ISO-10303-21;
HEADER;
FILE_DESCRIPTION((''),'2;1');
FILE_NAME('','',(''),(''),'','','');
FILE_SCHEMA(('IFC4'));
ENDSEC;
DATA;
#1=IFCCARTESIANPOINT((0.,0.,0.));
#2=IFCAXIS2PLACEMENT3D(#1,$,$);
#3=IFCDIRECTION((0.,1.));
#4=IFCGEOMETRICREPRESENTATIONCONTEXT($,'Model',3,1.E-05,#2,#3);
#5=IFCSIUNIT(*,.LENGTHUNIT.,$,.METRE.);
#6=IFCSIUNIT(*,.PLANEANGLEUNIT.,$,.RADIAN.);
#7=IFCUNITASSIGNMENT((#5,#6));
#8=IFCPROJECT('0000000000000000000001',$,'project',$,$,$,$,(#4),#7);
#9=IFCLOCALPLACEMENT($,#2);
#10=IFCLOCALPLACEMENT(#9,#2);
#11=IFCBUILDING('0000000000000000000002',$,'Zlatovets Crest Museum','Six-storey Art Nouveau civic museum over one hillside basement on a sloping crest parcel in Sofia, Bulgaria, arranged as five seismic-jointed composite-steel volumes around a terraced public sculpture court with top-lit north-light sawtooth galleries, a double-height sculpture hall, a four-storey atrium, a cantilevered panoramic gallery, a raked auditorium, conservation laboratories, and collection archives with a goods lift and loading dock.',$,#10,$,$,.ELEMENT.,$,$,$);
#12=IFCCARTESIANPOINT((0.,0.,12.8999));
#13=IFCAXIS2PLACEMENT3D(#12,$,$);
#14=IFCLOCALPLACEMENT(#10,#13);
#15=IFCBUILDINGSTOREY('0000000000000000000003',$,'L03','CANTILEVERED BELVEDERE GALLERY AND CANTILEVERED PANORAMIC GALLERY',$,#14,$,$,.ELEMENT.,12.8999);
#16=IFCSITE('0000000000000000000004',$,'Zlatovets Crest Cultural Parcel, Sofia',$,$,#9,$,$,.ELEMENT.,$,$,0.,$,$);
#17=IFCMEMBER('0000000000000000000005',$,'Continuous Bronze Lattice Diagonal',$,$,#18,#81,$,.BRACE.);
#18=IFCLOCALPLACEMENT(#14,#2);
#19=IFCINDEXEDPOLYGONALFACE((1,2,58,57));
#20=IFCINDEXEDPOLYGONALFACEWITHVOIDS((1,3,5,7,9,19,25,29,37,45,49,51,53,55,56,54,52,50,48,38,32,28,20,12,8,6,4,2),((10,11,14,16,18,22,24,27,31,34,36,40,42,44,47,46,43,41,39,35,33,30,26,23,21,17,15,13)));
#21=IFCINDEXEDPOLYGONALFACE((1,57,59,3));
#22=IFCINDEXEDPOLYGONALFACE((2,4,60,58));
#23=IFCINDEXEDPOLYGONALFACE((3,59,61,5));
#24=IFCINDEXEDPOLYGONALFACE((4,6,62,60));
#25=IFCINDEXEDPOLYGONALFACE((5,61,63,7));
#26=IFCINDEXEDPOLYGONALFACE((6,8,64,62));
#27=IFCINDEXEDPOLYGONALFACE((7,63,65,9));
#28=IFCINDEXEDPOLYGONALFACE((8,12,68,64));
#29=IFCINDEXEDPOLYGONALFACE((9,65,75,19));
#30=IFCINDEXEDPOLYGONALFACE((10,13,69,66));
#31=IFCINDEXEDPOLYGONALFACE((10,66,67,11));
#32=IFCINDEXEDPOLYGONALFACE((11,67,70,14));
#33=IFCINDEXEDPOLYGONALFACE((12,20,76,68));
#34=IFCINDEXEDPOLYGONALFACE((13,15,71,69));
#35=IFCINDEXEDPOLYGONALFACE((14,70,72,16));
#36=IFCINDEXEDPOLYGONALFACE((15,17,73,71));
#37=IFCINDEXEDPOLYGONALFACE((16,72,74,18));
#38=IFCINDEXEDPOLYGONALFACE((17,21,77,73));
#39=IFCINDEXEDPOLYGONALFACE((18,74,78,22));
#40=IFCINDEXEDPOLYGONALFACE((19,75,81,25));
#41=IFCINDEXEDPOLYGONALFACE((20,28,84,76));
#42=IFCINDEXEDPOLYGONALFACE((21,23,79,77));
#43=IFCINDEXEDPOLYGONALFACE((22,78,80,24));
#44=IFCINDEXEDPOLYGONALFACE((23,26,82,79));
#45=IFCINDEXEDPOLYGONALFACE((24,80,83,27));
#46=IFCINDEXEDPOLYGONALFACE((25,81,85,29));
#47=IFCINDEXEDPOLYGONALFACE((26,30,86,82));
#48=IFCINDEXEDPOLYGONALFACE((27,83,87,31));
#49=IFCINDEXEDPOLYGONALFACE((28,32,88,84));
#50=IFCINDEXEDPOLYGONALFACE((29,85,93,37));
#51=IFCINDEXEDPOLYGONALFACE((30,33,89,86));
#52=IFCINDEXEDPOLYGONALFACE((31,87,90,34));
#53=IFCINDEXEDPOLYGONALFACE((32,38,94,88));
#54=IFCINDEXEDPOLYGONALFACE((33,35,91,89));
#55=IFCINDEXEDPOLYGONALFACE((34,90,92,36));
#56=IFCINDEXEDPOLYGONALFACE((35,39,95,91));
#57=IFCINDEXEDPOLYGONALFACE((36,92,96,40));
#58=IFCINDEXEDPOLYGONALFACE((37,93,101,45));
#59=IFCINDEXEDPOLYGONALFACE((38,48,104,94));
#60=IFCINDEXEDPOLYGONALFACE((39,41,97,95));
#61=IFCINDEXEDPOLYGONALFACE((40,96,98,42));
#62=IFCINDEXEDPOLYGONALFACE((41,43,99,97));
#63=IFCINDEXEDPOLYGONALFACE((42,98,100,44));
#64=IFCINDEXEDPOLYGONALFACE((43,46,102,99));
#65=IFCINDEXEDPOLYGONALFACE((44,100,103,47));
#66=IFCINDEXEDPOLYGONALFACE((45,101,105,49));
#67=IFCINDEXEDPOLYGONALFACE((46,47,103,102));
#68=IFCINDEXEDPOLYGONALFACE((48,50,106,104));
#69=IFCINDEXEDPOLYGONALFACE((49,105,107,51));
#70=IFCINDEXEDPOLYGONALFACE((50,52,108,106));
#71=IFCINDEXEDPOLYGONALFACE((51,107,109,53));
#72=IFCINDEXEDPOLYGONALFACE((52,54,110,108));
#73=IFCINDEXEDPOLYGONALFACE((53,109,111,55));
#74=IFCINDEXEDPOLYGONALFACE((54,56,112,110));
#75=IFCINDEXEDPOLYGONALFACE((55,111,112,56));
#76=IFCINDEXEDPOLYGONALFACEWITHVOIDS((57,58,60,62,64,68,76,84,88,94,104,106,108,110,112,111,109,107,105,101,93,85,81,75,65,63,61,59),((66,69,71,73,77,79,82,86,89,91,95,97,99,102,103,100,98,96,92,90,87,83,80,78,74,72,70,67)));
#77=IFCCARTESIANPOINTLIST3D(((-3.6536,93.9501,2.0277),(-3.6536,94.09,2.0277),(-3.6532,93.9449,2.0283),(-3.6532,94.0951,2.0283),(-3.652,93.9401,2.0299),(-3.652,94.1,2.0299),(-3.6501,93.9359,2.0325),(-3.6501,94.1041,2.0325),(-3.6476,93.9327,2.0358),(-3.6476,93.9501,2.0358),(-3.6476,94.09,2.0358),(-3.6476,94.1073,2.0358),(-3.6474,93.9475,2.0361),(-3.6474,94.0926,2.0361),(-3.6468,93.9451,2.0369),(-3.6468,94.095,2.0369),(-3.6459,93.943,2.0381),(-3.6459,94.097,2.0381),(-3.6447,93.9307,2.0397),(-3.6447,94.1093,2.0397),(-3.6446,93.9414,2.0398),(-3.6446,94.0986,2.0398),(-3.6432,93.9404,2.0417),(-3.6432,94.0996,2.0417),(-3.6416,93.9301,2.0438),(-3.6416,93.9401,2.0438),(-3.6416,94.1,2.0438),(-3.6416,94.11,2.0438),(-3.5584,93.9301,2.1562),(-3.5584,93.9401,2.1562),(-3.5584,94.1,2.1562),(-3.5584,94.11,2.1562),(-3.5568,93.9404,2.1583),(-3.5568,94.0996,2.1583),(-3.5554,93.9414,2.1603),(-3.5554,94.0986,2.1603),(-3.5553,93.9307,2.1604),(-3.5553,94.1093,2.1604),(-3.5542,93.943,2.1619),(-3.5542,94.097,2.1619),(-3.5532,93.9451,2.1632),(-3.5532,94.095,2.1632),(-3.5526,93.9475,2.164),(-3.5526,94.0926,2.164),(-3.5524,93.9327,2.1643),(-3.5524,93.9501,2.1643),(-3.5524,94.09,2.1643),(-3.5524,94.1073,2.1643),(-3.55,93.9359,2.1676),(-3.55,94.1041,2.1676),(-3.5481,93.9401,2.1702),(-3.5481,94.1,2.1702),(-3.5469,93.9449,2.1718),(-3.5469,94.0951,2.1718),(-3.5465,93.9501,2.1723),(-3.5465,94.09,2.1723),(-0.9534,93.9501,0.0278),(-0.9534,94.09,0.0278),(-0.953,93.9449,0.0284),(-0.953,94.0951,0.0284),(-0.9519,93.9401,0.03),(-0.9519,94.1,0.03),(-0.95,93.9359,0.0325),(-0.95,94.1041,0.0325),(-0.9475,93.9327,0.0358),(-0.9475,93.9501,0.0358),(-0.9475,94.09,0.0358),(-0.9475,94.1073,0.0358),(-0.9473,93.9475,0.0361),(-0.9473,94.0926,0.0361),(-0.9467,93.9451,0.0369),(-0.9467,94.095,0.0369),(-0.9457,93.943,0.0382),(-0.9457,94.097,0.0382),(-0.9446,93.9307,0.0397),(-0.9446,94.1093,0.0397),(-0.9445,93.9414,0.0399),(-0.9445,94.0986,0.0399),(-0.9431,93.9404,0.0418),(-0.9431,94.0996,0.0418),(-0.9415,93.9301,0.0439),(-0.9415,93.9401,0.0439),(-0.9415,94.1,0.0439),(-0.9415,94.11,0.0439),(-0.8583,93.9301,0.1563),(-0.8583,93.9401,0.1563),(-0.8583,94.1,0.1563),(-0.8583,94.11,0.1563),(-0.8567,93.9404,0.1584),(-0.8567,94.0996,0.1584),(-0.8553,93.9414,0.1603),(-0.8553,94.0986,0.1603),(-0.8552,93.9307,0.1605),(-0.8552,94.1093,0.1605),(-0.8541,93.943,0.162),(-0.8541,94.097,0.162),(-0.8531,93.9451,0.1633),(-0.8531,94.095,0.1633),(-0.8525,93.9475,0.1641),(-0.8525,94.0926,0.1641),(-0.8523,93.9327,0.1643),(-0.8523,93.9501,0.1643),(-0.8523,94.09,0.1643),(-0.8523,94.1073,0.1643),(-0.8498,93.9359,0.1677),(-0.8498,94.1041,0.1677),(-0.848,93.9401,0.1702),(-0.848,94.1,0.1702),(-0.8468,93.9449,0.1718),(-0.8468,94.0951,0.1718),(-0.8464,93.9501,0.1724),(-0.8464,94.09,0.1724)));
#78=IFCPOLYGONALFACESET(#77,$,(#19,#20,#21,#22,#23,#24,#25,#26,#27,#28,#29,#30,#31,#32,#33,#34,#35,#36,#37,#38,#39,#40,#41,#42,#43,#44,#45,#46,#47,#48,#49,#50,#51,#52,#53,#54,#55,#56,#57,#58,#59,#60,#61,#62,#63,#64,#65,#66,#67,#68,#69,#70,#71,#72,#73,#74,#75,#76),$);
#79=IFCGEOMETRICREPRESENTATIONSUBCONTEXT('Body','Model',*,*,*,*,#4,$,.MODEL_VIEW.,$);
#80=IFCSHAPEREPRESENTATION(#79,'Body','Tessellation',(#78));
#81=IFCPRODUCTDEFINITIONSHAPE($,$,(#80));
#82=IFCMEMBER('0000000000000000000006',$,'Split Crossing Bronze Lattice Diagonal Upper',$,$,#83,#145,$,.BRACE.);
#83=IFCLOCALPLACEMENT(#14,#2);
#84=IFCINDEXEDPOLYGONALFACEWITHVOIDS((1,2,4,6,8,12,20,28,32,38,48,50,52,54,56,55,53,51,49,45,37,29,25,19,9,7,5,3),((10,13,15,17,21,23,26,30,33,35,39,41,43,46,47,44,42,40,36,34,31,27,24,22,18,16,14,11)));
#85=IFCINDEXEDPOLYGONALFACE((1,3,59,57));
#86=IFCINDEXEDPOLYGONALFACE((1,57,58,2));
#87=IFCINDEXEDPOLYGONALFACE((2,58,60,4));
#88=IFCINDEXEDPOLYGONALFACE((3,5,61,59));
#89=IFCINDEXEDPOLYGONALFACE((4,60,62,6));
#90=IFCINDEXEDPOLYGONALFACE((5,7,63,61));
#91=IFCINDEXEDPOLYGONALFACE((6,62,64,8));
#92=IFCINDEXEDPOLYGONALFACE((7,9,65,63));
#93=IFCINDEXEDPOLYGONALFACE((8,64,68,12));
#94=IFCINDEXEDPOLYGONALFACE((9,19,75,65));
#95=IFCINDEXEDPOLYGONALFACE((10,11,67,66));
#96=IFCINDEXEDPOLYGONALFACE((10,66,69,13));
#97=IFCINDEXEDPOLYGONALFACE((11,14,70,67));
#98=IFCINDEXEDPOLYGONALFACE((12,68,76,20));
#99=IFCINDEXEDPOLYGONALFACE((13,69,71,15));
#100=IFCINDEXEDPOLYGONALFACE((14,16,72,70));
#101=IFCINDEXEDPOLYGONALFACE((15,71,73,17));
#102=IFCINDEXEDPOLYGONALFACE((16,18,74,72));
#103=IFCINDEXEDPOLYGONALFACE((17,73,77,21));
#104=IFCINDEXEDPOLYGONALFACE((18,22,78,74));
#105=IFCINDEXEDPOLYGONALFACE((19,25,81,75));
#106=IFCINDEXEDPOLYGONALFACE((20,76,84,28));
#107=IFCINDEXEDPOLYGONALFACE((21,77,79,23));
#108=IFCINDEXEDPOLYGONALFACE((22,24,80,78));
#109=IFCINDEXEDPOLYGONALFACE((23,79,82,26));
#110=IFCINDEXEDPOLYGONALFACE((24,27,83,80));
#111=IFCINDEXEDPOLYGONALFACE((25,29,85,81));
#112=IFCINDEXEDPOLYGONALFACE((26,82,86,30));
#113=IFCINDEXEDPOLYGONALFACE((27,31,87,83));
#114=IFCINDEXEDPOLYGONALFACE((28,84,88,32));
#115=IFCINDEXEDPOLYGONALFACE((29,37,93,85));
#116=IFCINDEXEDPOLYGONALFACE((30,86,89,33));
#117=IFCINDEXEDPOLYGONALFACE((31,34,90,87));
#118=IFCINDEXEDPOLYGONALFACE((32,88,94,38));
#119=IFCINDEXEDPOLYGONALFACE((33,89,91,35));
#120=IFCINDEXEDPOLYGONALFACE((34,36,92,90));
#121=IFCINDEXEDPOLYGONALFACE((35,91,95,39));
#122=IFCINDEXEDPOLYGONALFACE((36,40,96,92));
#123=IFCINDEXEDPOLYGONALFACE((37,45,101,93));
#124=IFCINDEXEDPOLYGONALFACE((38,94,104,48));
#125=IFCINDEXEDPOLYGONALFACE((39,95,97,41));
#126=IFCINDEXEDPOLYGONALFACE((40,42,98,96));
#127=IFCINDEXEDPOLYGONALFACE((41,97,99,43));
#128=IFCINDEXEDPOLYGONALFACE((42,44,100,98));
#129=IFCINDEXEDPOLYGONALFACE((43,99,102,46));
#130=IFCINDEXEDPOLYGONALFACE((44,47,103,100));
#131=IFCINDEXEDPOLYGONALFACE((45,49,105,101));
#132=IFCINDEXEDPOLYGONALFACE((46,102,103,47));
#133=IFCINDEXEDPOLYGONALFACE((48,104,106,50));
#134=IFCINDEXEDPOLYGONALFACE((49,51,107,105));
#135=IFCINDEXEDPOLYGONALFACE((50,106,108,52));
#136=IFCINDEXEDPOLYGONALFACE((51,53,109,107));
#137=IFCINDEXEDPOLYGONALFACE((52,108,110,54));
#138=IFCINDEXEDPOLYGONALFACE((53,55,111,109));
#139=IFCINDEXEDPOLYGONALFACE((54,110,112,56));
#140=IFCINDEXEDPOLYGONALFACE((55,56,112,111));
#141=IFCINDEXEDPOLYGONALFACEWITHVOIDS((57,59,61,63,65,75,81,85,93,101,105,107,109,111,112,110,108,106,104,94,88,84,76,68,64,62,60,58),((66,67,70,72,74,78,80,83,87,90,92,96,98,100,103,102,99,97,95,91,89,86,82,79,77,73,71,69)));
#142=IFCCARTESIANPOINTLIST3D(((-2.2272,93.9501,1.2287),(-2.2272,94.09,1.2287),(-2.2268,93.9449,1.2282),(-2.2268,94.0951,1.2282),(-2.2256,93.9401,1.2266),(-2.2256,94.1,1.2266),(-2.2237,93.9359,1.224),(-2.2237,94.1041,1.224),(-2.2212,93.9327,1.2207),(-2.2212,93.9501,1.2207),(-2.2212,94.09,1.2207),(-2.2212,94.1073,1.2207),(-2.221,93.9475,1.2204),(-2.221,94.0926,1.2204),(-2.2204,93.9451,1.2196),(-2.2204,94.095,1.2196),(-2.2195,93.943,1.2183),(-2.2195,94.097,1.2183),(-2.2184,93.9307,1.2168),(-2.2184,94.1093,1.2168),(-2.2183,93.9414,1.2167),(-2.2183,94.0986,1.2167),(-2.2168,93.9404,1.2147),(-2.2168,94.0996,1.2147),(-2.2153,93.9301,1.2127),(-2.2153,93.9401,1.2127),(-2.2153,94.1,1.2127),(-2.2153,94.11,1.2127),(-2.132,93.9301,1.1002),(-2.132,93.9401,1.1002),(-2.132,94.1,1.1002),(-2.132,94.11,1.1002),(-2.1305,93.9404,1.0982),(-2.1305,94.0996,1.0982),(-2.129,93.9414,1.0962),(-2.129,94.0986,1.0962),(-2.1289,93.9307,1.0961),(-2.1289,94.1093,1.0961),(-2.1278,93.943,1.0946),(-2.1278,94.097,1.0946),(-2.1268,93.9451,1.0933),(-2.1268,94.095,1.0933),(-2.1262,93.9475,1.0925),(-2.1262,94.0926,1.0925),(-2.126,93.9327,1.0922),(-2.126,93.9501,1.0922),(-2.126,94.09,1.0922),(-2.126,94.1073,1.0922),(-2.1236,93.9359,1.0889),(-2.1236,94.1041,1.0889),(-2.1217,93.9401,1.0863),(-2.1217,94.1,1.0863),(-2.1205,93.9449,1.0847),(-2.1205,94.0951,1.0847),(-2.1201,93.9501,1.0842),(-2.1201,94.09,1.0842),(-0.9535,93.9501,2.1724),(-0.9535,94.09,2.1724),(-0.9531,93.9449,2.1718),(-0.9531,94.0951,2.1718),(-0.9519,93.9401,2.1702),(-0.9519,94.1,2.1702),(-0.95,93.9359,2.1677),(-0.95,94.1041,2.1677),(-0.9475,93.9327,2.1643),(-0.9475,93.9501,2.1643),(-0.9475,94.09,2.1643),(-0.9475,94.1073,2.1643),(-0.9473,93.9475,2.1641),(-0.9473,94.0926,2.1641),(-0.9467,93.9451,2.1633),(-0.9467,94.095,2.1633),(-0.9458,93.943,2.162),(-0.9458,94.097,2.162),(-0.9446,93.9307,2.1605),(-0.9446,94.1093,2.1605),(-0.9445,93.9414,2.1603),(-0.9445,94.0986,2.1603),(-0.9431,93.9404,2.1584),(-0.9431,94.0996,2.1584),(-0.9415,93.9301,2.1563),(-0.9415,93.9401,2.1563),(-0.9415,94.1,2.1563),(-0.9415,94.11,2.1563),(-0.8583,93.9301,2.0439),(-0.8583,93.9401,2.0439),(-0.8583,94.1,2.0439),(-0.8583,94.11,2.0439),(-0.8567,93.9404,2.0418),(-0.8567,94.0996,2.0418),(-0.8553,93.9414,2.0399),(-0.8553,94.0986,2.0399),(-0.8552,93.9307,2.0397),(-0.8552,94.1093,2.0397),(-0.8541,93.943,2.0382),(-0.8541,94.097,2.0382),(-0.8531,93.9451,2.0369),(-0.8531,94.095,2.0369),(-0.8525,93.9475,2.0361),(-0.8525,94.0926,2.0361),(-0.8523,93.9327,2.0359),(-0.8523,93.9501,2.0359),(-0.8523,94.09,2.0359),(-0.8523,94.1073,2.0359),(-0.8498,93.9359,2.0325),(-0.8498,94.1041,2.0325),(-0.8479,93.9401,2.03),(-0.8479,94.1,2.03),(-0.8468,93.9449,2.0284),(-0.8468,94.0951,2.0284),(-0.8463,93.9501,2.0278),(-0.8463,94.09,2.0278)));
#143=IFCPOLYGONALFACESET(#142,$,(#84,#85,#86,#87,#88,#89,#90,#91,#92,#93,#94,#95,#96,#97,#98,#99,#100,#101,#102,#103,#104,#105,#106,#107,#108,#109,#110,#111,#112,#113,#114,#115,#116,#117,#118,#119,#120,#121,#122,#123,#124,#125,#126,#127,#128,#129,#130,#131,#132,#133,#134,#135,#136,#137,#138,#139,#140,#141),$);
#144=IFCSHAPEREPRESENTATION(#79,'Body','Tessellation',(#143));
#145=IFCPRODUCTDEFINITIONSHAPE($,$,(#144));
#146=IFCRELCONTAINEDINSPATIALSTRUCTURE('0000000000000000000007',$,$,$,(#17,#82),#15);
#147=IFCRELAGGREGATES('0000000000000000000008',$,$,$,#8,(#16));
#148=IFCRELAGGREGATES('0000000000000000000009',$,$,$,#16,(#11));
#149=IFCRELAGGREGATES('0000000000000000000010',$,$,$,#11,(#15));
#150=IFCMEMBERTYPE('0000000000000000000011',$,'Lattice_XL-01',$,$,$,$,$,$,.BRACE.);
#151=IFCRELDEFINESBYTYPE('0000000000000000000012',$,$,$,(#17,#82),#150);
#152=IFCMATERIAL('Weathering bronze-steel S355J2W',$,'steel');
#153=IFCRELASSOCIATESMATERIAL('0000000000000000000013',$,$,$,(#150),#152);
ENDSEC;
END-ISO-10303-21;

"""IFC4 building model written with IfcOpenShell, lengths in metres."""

from ifc_helpers import new_model, si_unit, direction, frame, origin, origin_2d, place, context, subcontext, project, spatial, hollow_rectangle, extrude, material, material_profile, profile_set, type_object, element, save


model = new_model("IFC4")

# Units and contexts
model_context = context("Model", 3, precision=1e-05, world=origin(), true_north=direction((0.0, 1.0)))
body_context = subcontext(model_context, "Body", "Model", "MODEL_VIEW")
ifc_project = project(units=[si_unit("LENGTHUNIT", "METRE"), si_unit("PLANEANGLEUNIT", "RADIAN")], contexts=[model_context])

# Site, building, storey
site_placement = place(None, origin())
site = spatial("IfcSite", under=ifc_project, at=site_placement, Name="Zlatovets Crest Cultural Parcel, Sofia", CompositionType="ELEMENT", RefElevation=0.0)
building_placement = place(site_placement, origin())
building = spatial("IfcBuilding", under=site, at=building_placement, Name="Zlatovets Crest Museum", Description="Six-storey Art Nouveau civic museum over one hillside basement on a sloping crest parcel in Sofia, Bulgaria, arranged as five seismic-jointed composite-steel volumes around a terraced public sculpture court with top-lit north-light sawtooth galleries, a double-height sculpture hall, a four-storey atrium, a cantilevered panoramic gallery, a raked auditorium, conservation laboratories, and collection archives with a goods lift and loading dock.", CompositionType="ELEMENT")
storey_placement = place(building_placement, frame((0.0, 0.0, 12.8999)))
storey = spatial("IfcBuildingStorey", under=building, at=storey_placement, Name="L03", Description="CANTILEVERED BELVEDERE GALLERY AND CANTILEVERED PANORAMIC GALLERY", CompositionType="ELEMENT", Elevation=12.8999)

# Members
ifc_material_1 = material(Name="Weathering bronze-steel S355J2W", Category="steel")
ifc_material_profile_1 = material_profile(ifc_material_1, hollow_rectangle(XDim=0.1799, YDim=0.1799, WallThickness=0.01, InnerFilletRadius=0.01, OuterFilletRadius=0.02, at=origin_2d()), Name="SHS 180x180x10.0")
ifc_profile_set_1 = profile_set([ifc_material_profile_1], Name="Weathering bronze-steel S355J2W")
member_type_1 = type_object("IfcMemberType", Name="Lattice_XL-01", PredefinedType="BRACE", material=ifc_profile_set_1)
member_1_placement = place(storey_placement, frame((-0.8999, 94.02, 0.1001), z_axis=(-0.803578, 0.0, 0.5952), x_axis=(0.0, -1.0, 0.0)))
element("IfcMember", 1, at=member_1_placement, inside=storey, type_object=member_type_1, Name="Continuous Bronze Lattice Diagonal", PredefinedType="BRACE", context=body_context, shape_type="SweptSolid", body=[
    extrude(hollow_rectangle(XDim=0.1799, YDim=0.1799, WallThickness=0.01, InnerFilletRadius=0.01, OuterFilletRadius=0.02, at=origin_2d()), origin(), (0.0, 0.0, 1.0), 3.3601),
])
member_2_placement = place(storey_placement, frame((-0.8999, 94.02, 2.1001), z_axis=(-0.803516, 0.0, -0.595283), x_axis=(0.0, -1.0, 0.0)))
element("IfcMember", 2, at=member_2_placement, inside=storey, type_object=member_type_1, Name="Split Crossing Bronze Lattice Diagonal Upper", PredefinedType="BRACE", context=body_context, shape_type="SweptSolid", body=[
    extrude(hollow_rectangle(XDim=0.1799, YDim=0.1799, WallThickness=0.01, InnerFilletRadius=0.01, OuterFilletRadius=0.02, at=origin_2d()), origin(), (0.0, 0.0, 1.0), 1.5852),
])

save(model, "model.ifc")
